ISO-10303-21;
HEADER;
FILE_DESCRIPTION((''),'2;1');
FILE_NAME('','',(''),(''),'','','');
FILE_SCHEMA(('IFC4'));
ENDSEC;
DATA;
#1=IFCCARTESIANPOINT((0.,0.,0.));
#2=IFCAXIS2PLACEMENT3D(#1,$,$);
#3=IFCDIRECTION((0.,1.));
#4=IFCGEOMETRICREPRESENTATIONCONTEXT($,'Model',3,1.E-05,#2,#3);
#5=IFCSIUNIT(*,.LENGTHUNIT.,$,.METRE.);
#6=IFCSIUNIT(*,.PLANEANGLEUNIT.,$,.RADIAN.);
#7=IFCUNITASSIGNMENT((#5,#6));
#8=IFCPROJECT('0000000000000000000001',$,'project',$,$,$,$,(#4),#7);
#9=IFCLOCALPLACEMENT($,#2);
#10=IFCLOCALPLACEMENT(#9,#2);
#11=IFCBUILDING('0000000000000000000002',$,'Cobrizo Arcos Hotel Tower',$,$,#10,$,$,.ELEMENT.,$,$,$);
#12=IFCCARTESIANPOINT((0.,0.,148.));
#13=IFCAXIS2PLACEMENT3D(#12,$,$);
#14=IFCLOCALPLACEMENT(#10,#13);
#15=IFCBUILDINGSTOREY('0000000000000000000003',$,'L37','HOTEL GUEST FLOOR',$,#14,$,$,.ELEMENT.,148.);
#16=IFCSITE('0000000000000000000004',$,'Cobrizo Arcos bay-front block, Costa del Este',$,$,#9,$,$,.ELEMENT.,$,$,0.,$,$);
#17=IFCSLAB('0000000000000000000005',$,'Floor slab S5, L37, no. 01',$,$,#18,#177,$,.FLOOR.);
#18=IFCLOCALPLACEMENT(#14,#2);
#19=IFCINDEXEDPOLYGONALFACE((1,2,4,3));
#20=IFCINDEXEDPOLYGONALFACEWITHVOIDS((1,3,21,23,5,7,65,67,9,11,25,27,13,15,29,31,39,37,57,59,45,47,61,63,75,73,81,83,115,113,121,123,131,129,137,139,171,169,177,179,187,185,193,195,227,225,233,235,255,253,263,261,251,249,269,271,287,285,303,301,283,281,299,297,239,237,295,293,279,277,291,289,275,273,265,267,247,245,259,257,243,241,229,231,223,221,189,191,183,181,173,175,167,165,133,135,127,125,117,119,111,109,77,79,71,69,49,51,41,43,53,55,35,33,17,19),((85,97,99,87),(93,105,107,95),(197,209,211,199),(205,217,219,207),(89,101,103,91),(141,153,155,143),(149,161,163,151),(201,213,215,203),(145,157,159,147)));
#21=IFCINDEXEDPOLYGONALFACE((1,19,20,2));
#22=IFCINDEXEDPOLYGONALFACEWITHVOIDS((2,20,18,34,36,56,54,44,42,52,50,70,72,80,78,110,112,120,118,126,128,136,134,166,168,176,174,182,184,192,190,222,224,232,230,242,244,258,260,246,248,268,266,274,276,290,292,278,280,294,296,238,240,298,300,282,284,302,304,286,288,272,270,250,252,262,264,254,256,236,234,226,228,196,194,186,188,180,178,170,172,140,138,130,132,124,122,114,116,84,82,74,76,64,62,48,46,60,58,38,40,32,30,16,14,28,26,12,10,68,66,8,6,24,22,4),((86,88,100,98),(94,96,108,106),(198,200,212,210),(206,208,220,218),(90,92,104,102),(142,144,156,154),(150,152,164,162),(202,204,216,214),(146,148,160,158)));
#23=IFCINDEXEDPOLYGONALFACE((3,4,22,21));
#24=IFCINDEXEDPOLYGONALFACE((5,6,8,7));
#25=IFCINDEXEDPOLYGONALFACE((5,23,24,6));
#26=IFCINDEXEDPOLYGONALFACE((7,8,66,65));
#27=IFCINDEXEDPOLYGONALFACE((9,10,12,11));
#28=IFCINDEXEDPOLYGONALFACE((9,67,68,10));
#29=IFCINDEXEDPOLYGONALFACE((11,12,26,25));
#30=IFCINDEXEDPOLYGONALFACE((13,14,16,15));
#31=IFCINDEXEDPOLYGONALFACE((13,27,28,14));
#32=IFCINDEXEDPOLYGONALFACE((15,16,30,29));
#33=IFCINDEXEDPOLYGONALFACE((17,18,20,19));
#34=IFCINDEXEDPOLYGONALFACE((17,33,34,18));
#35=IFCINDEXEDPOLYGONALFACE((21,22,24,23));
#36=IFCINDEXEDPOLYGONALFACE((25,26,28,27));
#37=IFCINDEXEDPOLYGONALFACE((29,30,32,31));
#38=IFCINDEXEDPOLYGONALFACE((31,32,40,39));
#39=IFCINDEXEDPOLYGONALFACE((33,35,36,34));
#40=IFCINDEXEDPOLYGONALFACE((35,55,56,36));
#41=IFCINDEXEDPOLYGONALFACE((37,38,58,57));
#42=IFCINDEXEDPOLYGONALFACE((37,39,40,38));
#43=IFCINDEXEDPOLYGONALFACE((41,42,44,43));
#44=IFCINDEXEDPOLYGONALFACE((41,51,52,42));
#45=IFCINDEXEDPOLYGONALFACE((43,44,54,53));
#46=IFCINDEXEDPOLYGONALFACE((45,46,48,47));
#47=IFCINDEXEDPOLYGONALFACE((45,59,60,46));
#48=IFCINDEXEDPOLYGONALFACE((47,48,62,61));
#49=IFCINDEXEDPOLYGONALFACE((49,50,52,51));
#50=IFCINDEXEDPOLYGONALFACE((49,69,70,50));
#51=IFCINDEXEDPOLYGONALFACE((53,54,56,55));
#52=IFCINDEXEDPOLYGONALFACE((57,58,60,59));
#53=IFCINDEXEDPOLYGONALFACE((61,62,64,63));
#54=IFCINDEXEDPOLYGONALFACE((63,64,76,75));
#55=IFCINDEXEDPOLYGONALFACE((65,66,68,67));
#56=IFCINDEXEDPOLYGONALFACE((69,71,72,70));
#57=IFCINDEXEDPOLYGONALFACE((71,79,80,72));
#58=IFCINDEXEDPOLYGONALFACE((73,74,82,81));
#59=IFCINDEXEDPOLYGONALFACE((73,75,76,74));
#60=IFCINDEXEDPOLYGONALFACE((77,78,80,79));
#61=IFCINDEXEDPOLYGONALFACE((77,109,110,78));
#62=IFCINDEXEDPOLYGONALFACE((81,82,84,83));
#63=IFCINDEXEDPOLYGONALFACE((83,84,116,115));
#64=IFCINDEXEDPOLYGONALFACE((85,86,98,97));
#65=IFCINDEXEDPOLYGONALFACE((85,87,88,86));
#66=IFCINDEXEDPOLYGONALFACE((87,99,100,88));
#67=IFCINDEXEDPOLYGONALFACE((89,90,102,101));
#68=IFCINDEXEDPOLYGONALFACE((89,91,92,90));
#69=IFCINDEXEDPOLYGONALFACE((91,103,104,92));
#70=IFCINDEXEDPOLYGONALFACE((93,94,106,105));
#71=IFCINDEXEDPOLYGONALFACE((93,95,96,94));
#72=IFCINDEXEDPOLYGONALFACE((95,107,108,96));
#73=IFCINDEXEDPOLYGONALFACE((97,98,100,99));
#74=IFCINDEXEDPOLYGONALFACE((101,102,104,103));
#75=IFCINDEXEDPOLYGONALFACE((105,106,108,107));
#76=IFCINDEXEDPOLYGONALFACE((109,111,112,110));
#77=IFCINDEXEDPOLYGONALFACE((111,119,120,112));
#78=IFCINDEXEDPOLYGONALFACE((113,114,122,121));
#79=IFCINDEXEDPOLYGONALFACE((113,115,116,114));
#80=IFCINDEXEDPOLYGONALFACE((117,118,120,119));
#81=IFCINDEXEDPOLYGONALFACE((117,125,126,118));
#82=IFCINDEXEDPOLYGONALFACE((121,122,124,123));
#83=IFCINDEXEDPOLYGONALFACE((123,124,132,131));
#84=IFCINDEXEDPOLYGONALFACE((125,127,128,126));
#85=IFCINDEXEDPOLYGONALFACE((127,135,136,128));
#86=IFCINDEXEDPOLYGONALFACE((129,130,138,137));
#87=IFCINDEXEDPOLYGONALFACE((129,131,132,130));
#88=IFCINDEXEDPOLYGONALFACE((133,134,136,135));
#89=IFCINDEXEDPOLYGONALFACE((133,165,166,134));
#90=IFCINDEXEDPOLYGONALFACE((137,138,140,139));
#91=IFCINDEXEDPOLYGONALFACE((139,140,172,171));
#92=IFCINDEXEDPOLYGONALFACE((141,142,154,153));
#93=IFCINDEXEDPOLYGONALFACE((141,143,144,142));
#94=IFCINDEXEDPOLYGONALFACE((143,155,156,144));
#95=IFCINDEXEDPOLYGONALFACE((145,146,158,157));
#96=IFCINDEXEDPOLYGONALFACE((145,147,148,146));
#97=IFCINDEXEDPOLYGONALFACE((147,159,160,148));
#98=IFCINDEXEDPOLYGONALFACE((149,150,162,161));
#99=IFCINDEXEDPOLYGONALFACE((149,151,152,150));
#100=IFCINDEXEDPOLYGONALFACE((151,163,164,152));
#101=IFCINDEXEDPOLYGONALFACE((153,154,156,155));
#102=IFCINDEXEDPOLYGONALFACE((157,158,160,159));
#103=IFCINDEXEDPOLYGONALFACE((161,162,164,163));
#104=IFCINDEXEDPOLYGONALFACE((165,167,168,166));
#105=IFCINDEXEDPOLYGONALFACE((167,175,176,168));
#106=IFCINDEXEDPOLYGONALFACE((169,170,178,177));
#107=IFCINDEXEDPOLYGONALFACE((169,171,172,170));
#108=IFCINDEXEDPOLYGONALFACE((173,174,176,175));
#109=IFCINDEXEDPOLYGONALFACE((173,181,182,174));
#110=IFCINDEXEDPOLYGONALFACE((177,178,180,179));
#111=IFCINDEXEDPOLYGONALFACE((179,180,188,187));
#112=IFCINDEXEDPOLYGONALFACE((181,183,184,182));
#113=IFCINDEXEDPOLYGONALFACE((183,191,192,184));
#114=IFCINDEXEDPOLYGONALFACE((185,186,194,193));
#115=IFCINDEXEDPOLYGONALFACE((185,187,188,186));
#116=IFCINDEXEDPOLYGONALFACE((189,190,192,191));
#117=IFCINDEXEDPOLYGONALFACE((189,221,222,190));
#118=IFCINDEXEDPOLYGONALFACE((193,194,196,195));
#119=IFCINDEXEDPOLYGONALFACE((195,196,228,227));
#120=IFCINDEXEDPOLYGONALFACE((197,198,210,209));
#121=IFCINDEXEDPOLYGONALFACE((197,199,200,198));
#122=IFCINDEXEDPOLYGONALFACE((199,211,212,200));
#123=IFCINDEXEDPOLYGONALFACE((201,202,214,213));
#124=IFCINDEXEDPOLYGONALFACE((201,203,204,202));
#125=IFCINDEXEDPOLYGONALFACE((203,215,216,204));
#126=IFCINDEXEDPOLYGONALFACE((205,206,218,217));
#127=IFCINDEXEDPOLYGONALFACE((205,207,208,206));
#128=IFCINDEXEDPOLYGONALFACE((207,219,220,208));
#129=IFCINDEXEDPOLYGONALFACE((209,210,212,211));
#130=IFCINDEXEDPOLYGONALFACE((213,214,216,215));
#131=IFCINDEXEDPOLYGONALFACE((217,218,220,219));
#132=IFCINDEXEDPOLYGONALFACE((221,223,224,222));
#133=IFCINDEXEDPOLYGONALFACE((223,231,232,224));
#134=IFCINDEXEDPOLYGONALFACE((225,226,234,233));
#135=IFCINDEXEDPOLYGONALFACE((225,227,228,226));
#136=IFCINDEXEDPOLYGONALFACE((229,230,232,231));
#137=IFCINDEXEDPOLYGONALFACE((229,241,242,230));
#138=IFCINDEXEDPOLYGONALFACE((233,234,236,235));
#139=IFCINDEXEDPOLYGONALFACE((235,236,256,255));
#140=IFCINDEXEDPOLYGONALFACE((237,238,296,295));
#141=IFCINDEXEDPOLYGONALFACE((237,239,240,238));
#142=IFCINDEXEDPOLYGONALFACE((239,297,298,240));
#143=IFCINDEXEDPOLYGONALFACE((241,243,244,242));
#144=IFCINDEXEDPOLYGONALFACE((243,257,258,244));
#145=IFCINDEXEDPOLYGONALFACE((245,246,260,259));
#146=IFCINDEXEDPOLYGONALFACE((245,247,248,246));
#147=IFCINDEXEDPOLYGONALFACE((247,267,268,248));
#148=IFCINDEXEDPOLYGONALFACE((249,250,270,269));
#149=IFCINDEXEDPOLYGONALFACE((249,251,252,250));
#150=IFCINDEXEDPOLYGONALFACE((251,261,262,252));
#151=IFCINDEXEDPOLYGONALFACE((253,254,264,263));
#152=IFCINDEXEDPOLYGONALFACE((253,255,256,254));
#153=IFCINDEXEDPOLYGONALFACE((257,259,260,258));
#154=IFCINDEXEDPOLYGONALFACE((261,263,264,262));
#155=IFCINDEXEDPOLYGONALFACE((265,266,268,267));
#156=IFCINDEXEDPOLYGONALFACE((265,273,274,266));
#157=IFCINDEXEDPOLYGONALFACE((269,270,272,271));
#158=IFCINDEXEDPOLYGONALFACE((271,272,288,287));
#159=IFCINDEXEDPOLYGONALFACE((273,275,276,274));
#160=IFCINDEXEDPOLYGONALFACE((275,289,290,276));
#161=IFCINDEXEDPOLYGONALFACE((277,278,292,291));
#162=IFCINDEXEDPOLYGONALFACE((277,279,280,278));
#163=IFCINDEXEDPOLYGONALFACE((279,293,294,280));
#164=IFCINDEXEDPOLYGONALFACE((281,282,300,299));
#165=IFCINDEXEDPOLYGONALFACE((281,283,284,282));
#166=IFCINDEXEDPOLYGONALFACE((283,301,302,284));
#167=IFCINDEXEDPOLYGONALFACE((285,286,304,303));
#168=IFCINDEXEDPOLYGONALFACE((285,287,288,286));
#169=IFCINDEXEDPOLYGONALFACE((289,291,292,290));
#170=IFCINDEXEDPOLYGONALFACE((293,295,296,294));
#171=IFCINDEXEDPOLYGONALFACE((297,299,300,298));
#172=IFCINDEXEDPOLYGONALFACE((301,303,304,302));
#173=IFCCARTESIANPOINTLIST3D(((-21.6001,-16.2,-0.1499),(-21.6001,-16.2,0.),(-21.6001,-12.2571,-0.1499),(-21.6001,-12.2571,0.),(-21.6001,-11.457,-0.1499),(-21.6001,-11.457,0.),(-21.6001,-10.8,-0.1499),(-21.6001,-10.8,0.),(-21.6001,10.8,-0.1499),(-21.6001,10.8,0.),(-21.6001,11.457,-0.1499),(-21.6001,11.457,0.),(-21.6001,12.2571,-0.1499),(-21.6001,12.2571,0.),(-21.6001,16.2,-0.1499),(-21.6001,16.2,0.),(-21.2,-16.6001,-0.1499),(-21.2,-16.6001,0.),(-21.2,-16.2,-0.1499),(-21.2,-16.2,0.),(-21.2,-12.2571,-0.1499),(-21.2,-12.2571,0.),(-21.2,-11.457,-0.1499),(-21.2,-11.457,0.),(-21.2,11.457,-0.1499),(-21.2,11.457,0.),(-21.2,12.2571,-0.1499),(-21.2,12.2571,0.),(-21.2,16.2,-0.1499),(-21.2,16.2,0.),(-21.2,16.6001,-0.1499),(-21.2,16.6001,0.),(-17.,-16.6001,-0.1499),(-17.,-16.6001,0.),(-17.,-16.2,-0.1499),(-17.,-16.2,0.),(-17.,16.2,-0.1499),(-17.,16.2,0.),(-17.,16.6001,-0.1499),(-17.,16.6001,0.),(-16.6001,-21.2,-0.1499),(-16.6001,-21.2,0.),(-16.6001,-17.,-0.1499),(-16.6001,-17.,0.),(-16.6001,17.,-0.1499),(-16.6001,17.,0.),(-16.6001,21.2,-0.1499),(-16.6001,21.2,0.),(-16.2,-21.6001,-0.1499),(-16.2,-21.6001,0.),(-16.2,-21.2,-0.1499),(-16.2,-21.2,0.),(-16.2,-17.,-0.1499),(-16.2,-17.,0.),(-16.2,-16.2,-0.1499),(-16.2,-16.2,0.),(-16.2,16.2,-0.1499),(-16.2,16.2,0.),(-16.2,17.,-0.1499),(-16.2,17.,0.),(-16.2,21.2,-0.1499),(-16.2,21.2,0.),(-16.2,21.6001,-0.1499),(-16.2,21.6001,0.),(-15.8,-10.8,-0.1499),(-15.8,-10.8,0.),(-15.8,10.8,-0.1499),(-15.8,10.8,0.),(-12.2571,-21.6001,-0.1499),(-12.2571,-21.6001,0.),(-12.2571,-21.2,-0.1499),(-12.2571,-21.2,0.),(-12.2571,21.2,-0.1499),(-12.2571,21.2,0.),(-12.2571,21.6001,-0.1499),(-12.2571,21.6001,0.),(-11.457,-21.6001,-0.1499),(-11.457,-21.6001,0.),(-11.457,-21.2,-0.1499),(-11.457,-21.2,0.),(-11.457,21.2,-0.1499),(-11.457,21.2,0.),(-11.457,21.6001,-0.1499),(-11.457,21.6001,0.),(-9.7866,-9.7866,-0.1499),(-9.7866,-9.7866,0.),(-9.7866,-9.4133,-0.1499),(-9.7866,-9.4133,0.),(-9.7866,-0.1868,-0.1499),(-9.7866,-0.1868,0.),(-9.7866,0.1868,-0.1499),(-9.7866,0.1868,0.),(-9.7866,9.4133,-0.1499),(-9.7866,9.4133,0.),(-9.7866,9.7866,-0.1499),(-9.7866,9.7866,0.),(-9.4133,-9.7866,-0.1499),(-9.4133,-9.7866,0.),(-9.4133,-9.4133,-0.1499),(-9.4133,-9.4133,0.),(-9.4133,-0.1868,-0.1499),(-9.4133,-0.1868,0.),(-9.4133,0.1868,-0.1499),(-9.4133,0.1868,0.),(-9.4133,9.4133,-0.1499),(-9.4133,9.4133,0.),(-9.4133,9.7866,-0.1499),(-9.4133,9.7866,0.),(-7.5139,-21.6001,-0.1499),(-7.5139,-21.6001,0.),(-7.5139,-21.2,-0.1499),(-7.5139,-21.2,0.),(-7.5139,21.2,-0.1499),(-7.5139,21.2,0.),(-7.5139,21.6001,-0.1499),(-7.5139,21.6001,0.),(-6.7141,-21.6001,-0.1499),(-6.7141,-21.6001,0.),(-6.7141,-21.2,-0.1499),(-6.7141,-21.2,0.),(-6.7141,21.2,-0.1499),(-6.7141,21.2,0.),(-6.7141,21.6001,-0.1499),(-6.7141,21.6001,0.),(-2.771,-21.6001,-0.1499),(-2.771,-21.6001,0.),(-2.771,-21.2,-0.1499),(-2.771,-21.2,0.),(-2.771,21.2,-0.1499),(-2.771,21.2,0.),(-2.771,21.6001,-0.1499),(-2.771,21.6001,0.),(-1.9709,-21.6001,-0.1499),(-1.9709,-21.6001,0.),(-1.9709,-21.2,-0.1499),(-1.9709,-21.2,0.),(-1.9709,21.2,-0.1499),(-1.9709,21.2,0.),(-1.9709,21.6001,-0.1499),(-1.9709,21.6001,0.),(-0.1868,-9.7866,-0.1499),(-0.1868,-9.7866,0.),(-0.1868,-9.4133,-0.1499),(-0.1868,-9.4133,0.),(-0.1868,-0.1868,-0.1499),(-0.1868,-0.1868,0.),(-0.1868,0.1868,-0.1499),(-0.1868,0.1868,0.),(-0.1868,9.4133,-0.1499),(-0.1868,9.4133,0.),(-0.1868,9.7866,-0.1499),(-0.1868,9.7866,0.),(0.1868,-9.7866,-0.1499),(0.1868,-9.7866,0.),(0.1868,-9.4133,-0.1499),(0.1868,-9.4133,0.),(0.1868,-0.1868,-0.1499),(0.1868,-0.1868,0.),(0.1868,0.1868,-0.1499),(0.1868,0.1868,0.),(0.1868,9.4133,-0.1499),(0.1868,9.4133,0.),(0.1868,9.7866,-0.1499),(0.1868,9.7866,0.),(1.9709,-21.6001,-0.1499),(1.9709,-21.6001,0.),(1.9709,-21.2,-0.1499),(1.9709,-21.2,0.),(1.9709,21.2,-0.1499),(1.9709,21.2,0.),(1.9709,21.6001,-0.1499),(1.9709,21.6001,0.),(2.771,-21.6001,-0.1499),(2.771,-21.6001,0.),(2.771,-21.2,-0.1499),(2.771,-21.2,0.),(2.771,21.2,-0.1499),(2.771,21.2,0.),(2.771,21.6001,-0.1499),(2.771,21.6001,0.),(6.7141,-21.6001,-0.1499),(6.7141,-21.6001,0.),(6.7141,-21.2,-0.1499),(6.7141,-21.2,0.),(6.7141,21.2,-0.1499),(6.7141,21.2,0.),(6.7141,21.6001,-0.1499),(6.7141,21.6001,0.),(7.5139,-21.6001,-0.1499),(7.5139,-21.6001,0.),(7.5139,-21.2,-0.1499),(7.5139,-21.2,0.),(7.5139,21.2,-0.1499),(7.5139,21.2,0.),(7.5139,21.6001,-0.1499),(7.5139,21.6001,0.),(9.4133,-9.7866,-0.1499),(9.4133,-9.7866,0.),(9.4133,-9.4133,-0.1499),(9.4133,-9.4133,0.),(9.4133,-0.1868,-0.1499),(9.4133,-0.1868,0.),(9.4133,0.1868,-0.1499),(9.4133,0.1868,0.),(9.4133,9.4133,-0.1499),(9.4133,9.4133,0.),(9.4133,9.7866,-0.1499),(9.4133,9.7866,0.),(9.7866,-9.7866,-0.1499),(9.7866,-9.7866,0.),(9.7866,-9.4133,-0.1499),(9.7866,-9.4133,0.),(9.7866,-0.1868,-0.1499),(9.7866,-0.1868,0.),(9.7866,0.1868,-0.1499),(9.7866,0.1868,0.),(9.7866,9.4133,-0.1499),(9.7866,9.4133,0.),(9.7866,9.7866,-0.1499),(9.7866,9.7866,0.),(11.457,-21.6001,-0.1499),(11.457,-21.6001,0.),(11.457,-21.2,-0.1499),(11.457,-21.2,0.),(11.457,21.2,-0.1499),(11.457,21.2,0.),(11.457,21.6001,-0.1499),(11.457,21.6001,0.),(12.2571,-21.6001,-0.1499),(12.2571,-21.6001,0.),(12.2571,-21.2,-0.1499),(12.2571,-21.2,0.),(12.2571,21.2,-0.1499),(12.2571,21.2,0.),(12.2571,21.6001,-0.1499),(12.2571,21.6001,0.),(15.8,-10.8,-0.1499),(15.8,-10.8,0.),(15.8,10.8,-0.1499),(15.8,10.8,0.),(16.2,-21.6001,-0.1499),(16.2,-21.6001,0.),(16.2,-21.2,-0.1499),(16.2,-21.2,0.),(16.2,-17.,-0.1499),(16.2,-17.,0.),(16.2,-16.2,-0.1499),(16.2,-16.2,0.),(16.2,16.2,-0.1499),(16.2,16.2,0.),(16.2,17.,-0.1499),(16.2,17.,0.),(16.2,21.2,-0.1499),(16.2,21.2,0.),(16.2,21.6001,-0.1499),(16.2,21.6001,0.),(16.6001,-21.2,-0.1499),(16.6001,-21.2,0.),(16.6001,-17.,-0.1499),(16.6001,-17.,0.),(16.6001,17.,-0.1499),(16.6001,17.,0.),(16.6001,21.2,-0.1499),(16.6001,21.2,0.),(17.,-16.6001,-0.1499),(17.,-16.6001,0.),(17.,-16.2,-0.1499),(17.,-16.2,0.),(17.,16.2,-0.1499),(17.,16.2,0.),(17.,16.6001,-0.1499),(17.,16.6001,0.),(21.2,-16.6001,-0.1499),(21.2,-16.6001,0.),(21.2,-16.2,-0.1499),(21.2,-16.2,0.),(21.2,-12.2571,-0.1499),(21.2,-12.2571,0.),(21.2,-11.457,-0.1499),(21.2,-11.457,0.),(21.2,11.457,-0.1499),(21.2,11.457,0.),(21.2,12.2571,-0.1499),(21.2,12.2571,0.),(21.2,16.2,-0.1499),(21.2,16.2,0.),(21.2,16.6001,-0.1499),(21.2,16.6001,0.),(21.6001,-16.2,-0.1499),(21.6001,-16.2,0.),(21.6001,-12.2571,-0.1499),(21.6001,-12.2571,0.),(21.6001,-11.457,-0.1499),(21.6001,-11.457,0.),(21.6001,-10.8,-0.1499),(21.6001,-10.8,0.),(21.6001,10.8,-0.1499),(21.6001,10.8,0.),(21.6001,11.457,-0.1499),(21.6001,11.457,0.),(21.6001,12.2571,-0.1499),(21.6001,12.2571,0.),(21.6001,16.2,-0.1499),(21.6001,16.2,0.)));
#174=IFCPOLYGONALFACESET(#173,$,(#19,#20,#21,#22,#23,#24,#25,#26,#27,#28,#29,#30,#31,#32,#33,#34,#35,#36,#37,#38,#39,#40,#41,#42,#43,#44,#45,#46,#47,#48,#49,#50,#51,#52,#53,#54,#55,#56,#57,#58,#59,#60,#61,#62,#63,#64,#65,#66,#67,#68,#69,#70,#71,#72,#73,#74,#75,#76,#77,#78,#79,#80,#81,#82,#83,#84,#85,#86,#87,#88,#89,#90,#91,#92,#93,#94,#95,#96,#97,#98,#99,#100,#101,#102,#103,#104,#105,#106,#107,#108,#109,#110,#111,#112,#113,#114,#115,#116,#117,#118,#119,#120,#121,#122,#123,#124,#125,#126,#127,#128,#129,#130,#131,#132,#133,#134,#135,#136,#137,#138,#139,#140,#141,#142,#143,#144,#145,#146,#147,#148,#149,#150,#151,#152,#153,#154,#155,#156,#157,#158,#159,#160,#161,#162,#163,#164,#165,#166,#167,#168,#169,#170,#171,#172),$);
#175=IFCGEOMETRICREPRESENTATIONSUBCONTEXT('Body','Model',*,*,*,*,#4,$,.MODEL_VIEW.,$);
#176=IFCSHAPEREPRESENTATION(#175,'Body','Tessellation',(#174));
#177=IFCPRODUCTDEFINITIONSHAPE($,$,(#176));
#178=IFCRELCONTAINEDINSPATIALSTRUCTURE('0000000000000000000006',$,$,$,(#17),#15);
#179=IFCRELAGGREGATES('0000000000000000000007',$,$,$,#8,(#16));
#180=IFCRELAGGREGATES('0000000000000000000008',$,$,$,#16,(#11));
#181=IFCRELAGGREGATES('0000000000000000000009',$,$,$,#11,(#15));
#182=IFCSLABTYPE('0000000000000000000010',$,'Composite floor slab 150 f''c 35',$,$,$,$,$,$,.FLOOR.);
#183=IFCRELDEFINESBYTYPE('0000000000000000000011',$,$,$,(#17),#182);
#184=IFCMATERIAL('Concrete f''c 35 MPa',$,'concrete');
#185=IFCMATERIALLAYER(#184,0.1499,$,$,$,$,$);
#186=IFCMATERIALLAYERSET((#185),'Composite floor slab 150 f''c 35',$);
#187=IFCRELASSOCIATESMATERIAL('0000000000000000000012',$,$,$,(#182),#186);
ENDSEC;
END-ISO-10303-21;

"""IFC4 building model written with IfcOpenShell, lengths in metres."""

from ifc_helpers import new_model, si_unit, direction, frame, origin, place, context, subcontext, project, spatial, polyline, outline, extrude, material, layer, layer_set, type_object, element, save


model = new_model("IFC4")

# Units and contexts
model_context = context("Model", 3, precision=1e-05, world=origin(), true_north=direction((0.0, 1.0)))
body_context = subcontext(model_context, "Body", "Model", "MODEL_VIEW")
ifc_project = project(units=[si_unit("LENGTHUNIT", "METRE"), si_unit("PLANEANGLEUNIT", "RADIAN")], contexts=[model_context])

# Site, building, storey
site_placement = place(None, origin())
site = spatial("IfcSite", under=ifc_project, at=site_placement, Name="Cobrizo Arcos bay-front block, Costa del Este", CompositionType="ELEMENT", RefElevation=0.0)
building_placement = place(site_placement, origin())
building = spatial("IfcBuilding", under=site, at=building_placement, Name="Cobrizo Arcos Hotel Tower", CompositionType="ELEMENT")
storey_placement = place(building_placement, frame((0.0, 0.0, 148.0)))
storey = spatial("IfcBuildingStorey", under=building, at=storey_placement, Name="L37", Description="HOTEL GUEST FLOOR", CompositionType="ELEMENT", Elevation=148.0)

# Slab
ifc_material_1 = material(Name="Concrete f'c 35 MPa", Category="concrete")
ifc_layer_1 = layer(ifc_material_1, 0.1499)
ifc_layer_set_1 = layer_set([ifc_layer_1], Name="Composite floor slab 150 f'c 35")
slab_type_1 = type_object("IfcSlabType", Name="Composite floor slab 150 f'c 35", PredefinedType="FLOOR", material=ifc_layer_set_1)
slab_1_placement = place(storey_placement, frame((0.0, 0.0, -0.1499)))
element("IfcSlab", 1, at=slab_1_placement, inside=storey, type_object=slab_type_1, Name="Floor slab S5, L37, no. 01", PredefinedType="FLOOR", context=body_context, shape_type="SweptSolid", body=[
    extrude(outline(polyline([(-16.2, -21.6001), (-16.2, -21.2), (-16.6001, -21.2), (-16.6001, -17.0), (-16.2, -17.0), (-16.2, -16.2), (-17.0, -16.2), (-17.0, -16.6001), (-21.2, -16.6001), (-21.2, -16.2), (-21.6001, -16.2), (-21.6001, -12.2571), (-21.2, -12.2571), (-21.2, -11.457), (-21.6001, -11.457), (-21.6001, -10.8), (-15.8, -10.8), (-15.8, 10.8), (-21.6001, 10.8), (-21.6001, 11.457), (-21.2, 11.457), (-21.2, 12.2571), (-21.6001, 12.2571), (-21.6001, 16.2), (-21.2, 16.2), (-21.2, 16.6001), (-17.0, 16.6001), (-17.0, 16.2), (-16.2, 16.2), (-16.2, 17.0), (-16.6001, 17.0), (-16.6001, 21.2), (-16.2, 21.2), (-16.2, 21.6001), (-12.2571, 21.6001), (-12.2571, 21.2), (-11.457, 21.2), (-11.457, 21.6001), (-7.5139, 21.6001), (-7.5139, 21.2), (-6.7141, 21.2), (-6.7141, 21.6001), (-2.771, 21.6001), (-2.771, 21.2), (-1.9709, 21.2), (-1.9709, 21.6001), (1.9709, 21.6001), (1.9709, 21.2), (2.771, 21.2), (2.771, 21.6001), (6.7141, 21.6001), (6.7141, 21.2), (7.5139, 21.2), (7.5139, 21.6001), (11.457, 21.6001), (11.457, 21.2), (12.2571, 21.2), (12.2571, 21.6001), (16.2, 21.6001), (16.2, 21.2), (16.6001, 21.2), (16.6001, 17.0), (16.2, 17.0), (16.2, 16.2), (17.0, 16.2), (17.0, 16.6001), (21.2, 16.6001), (21.2, 16.2), (21.6001, 16.2), (21.6001, 12.2571), (21.2, 12.2571), (21.2, 11.457), (21.6001, 11.457), (21.6001, 10.8), (15.8, 10.8), (15.8, -10.8), (21.6001, -10.8), (21.6001, -11.457), (21.2, -11.457), (21.2, -12.2571), (21.6001, -12.2571), (21.6001, -16.2), (21.2, -16.2), (21.2, -16.6001), (17.0, -16.6001), (17.0, -16.2), (16.2, -16.2), (16.2, -17.0), (16.6001, -17.0), (16.6001, -21.2), (16.2, -21.2), (16.2, -21.6001), (12.2571, -21.6001), (12.2571, -21.2), (11.457, -21.2), (11.457, -21.6001), (7.5139, -21.6001), (7.5139, -21.2), (6.7141, -21.2), (6.7141, -21.6001), (2.771, -21.6001), (2.771, -21.2), (1.9709, -21.2), (1.9709, -21.6001), (-1.9709, -21.6001), (-1.9709, -21.2), (-2.771, -21.2), (-2.771, -21.6001), (-6.7141, -21.6001), (-6.7141, -21.2), (-7.5139, -21.2), (-7.5139, -21.6001), (-11.457, -21.6001), (-11.457, -21.2), (-12.2571, -21.2), (-12.2571, -21.6001), (-16.2, -21.6001)]), holes=[polyline([(-0.1868, -9.7866), (0.1868, -9.7866), (0.1868, -9.4133), (-0.1868, -9.4133), (-0.1868, -9.7866)]), polyline([(-9.7866, -9.7866), (-9.4133, -9.7866), (-9.4133, -9.4133), (-9.7866, -9.4133), (-9.7866, -9.7866)]), polyline([(-9.4133, -0.1868), (-9.4133, 0.1868), (-9.7866, 0.1868), (-9.7866, -0.1868), (-9.4133, -0.1868)]), polyline([(0.1868, -0.1868), (0.1868, 0.1868), (-0.1868, 0.1868), (-0.1868, -0.1868), (0.1868, -0.1868)]), polyline([(-9.7866, 9.4133), (-9.4133, 9.4133), (-9.4133, 9.7866), (-9.7866, 9.7866), (-9.7866, 9.4133)]), polyline([(9.4133, -9.7866), (9.7866, -9.7866), (9.7866, -9.4133), (9.4133, -9.4133), (9.4133, -9.7866)]), polyline([(9.4133, -0.1868), (9.7866, -0.1868), (9.7866, 0.1868), (9.4133, 0.1868), (9.4133, -0.1868)]), polyline([(9.7866, 9.4133), (9.7866, 9.7866), (9.4133, 9.7866), (9.4133, 9.4133), (9.7866, 9.4133)]), polyline([(0.1868, 9.4133), (0.1868, 9.7866), (-0.1868, 9.7866), (-0.1868, 9.4133), (0.1868, 9.4133)])]), origin(), (0.0, 0.0, 1.0), 0.1499),
])

save(model, "model.ifc")
